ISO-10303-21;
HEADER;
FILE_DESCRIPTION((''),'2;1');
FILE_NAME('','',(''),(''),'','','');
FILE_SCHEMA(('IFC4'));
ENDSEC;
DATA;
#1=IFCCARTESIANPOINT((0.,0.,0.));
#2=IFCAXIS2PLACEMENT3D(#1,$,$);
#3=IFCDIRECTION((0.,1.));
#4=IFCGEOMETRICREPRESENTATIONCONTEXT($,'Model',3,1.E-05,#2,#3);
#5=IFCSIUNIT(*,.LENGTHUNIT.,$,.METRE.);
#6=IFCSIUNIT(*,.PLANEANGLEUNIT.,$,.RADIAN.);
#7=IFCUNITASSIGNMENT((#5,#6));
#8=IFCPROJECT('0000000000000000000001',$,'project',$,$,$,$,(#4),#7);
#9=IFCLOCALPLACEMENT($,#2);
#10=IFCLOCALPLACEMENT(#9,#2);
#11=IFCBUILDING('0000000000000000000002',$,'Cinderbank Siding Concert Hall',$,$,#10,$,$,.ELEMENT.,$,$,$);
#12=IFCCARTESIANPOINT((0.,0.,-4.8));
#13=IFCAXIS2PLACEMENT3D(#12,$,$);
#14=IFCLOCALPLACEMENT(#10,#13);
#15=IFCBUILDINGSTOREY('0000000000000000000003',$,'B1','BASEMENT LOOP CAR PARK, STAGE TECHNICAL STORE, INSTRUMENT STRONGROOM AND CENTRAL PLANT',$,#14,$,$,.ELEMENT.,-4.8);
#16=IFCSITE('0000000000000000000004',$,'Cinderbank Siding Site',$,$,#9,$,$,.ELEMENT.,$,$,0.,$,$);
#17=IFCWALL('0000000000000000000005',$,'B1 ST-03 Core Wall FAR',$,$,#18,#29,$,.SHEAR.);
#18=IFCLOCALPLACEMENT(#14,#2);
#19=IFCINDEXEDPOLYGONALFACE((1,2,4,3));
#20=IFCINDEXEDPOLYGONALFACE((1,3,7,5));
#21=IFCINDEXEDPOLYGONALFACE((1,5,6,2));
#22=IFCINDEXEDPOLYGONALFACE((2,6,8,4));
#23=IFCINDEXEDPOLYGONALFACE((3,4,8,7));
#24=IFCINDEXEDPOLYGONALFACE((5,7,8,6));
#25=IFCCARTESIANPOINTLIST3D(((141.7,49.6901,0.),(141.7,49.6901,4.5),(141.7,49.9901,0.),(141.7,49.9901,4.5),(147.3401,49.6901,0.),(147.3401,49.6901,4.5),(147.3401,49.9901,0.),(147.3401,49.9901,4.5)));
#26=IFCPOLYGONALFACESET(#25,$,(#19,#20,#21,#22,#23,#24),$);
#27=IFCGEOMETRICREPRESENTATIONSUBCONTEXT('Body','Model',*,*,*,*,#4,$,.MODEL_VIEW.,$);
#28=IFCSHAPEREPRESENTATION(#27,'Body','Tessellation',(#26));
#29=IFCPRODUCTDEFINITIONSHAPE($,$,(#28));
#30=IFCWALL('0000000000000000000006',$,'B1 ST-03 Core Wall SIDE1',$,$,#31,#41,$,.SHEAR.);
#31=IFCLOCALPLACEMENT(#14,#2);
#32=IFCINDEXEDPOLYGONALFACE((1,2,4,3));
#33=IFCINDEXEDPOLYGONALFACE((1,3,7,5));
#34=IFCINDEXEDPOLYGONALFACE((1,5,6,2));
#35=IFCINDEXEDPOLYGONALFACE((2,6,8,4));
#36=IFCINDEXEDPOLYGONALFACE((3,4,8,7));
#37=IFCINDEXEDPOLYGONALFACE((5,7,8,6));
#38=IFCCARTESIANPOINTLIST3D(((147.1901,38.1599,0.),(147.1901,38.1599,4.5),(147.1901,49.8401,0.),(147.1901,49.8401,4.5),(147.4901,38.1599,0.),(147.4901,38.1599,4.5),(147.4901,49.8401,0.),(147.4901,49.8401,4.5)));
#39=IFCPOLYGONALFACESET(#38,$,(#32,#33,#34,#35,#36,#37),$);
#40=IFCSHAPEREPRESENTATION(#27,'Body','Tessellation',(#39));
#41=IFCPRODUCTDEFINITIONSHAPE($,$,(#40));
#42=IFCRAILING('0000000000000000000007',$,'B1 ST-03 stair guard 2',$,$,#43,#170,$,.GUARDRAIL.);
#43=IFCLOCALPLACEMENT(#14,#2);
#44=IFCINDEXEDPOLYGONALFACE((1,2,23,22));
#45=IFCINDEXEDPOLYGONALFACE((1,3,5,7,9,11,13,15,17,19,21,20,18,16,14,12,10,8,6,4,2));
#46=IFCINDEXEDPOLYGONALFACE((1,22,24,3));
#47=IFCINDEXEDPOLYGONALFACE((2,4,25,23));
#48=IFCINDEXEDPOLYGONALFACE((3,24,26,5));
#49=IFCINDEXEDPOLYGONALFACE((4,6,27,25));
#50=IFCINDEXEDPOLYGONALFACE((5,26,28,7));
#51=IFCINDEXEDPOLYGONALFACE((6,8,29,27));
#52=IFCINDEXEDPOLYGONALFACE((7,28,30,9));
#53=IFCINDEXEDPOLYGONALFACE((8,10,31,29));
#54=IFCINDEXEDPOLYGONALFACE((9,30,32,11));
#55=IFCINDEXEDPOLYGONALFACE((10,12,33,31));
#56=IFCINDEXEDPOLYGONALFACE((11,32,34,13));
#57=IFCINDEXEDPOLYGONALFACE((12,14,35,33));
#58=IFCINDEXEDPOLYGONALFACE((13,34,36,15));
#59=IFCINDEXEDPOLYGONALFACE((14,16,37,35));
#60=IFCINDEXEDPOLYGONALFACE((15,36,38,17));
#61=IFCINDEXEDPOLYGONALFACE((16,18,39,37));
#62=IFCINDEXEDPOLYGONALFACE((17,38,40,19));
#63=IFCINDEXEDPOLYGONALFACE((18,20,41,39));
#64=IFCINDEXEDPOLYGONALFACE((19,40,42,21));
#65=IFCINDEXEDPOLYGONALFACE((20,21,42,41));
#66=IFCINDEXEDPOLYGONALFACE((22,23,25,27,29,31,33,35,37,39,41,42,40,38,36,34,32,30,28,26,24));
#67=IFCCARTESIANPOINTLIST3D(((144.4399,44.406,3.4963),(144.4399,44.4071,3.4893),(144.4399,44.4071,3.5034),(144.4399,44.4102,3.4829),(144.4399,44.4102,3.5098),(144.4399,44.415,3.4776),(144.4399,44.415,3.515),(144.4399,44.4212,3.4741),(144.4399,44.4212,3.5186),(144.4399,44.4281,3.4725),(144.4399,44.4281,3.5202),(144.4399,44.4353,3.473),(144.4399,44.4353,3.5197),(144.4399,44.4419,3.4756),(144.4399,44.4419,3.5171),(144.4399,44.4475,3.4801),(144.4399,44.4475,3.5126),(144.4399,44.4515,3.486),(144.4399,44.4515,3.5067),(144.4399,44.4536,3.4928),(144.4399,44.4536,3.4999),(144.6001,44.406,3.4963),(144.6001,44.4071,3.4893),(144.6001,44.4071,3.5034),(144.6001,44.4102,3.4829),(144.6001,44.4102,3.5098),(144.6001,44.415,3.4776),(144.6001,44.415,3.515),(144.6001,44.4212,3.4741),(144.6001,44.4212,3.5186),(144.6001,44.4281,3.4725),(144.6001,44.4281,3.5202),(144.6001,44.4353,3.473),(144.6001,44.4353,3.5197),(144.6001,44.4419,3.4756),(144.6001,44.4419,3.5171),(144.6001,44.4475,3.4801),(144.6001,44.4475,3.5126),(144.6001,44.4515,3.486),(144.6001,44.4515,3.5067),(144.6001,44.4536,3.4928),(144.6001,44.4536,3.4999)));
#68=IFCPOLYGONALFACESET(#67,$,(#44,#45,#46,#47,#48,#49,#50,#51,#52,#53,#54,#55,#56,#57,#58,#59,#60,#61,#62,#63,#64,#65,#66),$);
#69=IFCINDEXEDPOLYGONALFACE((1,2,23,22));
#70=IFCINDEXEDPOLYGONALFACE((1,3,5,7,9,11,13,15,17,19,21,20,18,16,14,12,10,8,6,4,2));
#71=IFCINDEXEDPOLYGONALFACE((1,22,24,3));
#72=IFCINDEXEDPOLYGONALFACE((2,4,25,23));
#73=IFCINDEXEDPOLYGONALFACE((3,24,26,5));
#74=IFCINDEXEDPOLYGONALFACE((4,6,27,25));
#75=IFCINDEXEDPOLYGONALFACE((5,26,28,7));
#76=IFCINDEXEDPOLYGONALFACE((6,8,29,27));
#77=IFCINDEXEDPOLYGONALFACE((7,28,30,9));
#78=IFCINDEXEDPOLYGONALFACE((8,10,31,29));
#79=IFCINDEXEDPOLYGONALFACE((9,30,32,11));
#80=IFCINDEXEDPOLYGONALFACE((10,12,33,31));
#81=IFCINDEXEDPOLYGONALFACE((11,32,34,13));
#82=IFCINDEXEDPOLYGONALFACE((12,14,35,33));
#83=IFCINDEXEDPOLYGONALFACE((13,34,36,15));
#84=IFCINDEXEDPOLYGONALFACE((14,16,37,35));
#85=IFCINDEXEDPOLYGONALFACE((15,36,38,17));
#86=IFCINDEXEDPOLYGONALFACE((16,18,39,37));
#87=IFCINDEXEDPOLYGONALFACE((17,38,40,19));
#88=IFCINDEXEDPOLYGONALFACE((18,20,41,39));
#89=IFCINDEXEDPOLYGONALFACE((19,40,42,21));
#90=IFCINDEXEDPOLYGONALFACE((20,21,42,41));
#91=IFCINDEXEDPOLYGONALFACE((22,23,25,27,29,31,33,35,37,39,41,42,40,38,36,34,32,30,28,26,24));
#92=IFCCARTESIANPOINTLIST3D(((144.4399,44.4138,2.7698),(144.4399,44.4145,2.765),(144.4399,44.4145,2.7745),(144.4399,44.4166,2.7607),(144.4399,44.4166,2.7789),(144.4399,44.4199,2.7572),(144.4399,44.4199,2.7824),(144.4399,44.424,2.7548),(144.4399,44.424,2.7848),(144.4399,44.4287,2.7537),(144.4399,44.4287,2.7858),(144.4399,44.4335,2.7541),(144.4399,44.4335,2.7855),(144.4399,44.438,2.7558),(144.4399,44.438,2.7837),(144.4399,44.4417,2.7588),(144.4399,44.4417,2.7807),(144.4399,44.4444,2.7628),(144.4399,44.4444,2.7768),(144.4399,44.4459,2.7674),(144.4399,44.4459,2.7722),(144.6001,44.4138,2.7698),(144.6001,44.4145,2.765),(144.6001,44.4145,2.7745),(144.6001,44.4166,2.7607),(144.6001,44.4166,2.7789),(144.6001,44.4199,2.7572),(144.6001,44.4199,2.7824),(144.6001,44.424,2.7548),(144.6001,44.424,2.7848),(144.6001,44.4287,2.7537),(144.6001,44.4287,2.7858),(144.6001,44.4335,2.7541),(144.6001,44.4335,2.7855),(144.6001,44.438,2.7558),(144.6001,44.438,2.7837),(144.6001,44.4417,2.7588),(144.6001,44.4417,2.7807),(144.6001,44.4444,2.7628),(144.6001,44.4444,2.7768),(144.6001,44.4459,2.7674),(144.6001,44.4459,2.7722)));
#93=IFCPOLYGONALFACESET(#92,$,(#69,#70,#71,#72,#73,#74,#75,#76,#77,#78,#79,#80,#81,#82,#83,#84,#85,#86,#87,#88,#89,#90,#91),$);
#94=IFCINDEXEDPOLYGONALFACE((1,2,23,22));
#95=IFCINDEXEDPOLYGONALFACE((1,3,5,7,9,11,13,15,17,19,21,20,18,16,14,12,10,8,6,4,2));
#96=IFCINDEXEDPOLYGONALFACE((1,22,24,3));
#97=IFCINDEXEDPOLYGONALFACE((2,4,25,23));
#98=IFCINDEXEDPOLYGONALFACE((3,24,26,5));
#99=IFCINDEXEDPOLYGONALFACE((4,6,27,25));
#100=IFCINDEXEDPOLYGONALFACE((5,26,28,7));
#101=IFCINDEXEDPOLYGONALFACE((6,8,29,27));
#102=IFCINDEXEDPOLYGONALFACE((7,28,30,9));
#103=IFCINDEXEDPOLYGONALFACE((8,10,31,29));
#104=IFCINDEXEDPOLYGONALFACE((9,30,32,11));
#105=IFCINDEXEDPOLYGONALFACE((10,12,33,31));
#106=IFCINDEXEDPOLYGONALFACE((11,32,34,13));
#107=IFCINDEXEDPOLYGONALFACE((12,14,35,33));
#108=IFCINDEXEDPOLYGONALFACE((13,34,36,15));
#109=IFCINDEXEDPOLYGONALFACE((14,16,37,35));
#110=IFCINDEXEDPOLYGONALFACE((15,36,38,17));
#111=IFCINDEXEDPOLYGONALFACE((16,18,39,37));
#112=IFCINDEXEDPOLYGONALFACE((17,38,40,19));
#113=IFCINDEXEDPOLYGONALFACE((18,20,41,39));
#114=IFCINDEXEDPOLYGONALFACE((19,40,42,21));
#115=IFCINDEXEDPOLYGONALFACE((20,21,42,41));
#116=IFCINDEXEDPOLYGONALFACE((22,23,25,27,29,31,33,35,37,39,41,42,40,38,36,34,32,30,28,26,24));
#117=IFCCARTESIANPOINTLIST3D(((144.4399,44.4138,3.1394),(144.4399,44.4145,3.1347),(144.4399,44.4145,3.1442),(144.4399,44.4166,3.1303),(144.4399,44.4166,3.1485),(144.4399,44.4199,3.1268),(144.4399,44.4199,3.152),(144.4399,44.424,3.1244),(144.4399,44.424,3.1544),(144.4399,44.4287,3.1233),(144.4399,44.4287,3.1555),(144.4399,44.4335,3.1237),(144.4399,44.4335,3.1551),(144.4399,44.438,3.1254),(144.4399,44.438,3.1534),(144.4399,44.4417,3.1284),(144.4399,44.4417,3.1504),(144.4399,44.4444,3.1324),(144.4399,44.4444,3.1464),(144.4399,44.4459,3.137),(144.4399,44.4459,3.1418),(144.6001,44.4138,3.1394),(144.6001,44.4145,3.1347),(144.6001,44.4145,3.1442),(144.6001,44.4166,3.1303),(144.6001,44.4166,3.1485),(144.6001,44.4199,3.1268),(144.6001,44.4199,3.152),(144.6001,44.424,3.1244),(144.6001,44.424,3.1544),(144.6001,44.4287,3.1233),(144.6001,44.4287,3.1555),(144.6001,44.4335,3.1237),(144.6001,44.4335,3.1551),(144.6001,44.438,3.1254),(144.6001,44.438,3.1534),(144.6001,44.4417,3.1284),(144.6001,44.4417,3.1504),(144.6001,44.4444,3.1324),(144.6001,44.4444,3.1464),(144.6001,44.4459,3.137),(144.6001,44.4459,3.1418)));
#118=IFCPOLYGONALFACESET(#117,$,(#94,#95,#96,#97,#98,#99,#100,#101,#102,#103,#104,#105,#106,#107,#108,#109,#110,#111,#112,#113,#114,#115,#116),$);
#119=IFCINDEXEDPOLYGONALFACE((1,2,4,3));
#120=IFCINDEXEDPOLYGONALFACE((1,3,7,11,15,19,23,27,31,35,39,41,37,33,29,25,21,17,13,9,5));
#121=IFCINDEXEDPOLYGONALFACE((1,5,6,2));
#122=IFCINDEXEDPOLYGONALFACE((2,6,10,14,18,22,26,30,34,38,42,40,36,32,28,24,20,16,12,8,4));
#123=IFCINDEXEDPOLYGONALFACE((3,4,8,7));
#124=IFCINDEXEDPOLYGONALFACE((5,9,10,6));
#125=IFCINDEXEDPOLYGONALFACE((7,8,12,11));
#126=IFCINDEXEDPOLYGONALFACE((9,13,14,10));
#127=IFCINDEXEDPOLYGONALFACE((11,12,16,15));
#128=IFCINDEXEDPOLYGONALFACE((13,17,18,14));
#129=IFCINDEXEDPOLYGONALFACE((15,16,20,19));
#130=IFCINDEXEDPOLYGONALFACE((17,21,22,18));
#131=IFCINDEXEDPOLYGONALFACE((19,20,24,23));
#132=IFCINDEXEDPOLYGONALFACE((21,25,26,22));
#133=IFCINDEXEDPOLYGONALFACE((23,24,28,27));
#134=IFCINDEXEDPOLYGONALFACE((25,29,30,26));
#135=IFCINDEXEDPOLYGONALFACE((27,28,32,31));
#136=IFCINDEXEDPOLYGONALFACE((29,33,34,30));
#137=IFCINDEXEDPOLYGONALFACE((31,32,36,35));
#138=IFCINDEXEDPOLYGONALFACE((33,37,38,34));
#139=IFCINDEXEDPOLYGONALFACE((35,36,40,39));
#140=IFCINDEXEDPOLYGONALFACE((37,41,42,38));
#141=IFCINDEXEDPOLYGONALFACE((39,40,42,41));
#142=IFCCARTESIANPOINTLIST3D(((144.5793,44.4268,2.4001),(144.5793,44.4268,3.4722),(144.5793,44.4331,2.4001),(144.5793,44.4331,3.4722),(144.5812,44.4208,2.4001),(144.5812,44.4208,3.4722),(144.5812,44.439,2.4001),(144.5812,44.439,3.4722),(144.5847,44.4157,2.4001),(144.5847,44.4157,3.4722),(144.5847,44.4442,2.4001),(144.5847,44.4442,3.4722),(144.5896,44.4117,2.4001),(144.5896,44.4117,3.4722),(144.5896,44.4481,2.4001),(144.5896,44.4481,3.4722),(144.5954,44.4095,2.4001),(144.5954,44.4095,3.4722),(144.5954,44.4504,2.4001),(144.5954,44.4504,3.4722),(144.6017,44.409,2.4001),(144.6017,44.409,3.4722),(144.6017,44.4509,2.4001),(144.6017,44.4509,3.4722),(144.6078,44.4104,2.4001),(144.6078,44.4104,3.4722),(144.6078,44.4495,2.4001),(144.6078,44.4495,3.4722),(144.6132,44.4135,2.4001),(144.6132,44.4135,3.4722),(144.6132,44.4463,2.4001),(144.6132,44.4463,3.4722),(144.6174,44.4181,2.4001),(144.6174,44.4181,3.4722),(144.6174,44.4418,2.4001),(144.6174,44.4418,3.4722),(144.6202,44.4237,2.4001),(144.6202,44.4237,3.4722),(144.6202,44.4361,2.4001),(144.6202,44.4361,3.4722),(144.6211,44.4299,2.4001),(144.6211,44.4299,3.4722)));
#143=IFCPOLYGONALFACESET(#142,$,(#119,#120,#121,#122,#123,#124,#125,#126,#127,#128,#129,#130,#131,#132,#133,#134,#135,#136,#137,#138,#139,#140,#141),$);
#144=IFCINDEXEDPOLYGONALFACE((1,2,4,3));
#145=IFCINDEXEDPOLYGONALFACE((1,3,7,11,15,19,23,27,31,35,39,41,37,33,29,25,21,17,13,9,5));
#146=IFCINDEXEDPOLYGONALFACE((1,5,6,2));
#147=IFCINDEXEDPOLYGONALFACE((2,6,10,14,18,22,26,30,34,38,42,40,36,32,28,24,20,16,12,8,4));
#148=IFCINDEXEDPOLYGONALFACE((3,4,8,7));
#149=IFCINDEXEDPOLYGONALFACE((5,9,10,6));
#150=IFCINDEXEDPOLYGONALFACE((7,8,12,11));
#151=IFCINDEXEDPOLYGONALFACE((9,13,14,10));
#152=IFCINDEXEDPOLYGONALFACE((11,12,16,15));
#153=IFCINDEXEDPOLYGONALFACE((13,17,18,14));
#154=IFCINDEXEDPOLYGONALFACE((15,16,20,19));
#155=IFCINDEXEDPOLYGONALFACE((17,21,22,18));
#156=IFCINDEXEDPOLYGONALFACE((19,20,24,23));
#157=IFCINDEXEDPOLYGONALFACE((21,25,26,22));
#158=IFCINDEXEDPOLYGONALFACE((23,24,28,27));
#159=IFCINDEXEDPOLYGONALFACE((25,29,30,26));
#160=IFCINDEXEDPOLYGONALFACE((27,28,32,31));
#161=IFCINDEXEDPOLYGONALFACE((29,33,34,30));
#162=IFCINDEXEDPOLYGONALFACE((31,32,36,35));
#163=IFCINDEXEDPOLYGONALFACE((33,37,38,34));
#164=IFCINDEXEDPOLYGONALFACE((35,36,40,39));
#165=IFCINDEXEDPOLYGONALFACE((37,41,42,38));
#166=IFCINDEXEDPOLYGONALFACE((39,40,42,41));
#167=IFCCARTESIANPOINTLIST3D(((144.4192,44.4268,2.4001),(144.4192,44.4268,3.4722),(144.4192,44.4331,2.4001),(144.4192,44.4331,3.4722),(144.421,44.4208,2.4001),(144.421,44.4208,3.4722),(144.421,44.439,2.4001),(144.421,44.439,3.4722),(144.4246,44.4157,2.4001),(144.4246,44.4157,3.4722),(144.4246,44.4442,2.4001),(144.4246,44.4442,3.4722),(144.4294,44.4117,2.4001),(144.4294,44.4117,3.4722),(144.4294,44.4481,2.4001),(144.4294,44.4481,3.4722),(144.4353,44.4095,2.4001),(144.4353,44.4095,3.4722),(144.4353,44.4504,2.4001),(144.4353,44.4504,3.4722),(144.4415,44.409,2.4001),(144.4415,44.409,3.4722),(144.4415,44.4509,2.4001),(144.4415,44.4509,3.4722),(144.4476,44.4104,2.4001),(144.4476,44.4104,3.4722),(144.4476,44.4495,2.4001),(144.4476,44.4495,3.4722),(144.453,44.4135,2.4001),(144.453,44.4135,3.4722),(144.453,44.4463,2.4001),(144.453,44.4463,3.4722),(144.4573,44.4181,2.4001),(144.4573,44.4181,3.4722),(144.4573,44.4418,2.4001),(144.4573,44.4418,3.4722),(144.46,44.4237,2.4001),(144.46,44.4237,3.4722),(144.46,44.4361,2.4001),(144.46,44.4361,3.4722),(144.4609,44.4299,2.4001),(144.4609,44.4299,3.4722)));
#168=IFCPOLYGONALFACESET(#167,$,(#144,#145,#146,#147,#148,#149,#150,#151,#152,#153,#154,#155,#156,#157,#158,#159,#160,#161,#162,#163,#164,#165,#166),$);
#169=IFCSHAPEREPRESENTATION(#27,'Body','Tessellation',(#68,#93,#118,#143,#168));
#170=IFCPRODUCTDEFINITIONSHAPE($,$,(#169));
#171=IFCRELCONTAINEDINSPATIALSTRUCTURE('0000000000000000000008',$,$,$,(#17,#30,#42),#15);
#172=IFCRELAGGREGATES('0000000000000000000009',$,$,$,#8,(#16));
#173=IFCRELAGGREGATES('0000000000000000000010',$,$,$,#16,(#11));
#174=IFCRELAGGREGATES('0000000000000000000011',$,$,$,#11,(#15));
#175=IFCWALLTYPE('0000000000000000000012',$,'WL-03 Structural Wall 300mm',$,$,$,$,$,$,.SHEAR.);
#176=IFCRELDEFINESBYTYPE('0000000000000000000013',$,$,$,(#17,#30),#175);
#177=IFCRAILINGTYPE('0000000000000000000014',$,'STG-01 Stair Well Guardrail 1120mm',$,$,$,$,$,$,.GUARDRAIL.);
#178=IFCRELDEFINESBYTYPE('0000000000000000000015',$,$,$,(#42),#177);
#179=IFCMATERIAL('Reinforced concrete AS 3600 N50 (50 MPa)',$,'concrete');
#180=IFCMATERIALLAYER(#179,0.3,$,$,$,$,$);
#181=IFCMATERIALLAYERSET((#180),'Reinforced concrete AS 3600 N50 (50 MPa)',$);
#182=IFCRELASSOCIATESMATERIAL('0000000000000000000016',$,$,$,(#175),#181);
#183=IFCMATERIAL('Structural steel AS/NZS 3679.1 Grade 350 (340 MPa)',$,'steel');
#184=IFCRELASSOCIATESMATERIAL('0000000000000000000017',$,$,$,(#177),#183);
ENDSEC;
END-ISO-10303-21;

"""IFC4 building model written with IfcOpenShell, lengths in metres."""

from ifc_helpers import new_model, si_unit, direction, frame, frame_2d, origin, origin_2d, place, context, subcontext, project, spatial, rectangle, circle, extrude, material, layer, layer_set, type_object, element, save


model = new_model("IFC4")

# Units and contexts
model_context = context("Model", 3, precision=1e-05, world=origin(), true_north=direction((0.0, 1.0)))
body_context = subcontext(model_context, "Body", "Model", "MODEL_VIEW")
ifc_project = project(units=[si_unit("LENGTHUNIT", "METRE"), si_unit("PLANEANGLEUNIT", "RADIAN")], contexts=[model_context])

# Site, building, storey
site_placement = place(None, origin())
site = spatial("IfcSite", under=ifc_project, at=site_placement, Name="Cinderbank Siding Site", CompositionType="ELEMENT", RefElevation=0.0)
building_placement = place(site_placement, origin())
building = spatial("IfcBuilding", under=site, at=building_placement, Name="Cinderbank Siding Concert Hall", CompositionType="ELEMENT")
storey_placement = place(building_placement, frame((0.0, 0.0, -4.8)))
storey = spatial("IfcBuildingStorey", under=building, at=storey_placement, Name="B1", Description="BASEMENT LOOP CAR PARK, STAGE TECHNICAL STORE, INSTRUMENT STRONGROOM AND CENTRAL PLANT", CompositionType="ELEMENT", Elevation=-4.8)

# Shared definitions
ifc_material_1 = material(Name="Reinforced concrete AS 3600 N50 (50 MPa)", Category="concrete")

# Shared definitions
ifc_material_2 = material(Name="Structural steel AS/NZS 3679.1 Grade 350 (340 MPa)", Category="steel")

# Walls
ifc_layer_1 = layer(ifc_material_1, 0.3)
ifc_layer_set_1 = layer_set([ifc_layer_1], Name="Reinforced concrete AS 3600 N50 (50 MPa)")
wall_type_1 = type_object("IfcWallType", Name="WL-03 Structural Wall 300mm", PredefinedType="SHEAR", material=ifc_layer_set_1)
wall_1_placement = place(storey_placement, frame((141.7, 49.8401, 0.0), z_axis=(0.0, 0.0, 1.0), x_axis=(1.0, 0.0, 0.0)))
element("IfcWall", 1, at=wall_1_placement, inside=storey, type_object=wall_type_1, Name="B1 ST-03 Core Wall FAR", PredefinedType="SHEAR", context=body_context, shape_type="SweptSolid", body=[
    extrude(rectangle(XDim=5.6401, YDim=0.3, at=frame_2d((2.8201, 0.0))), origin(), (0.0, 0.0, 1.0), 4.5),
])
wall_2_placement = place(storey_placement, frame((147.3401, 49.8401, 0.0), z_axis=(0.0, 0.0, 1.0), x_axis=(0.0, -1.0, 0.0)))
element("IfcWall", 2, at=wall_2_placement, inside=storey, type_object=wall_type_1, Name="B1 ST-03 Core Wall SIDE1", PredefinedType="SHEAR", context=body_context, shape_type="SweptSolid", body=[
    extrude(rectangle(XDim=11.6802, YDim=0.3, at=frame_2d((5.8401, 0.0))), origin(), (0.0, 0.0, 1.0), 4.5),
])

# Railing
railing_type_1 = type_object("IfcRailingType", Name="STG-01 Stair Well Guardrail 1120mm", PredefinedType="GUARDRAIL", material=ifc_material_2)
railing_1_placement = place(storey_placement, frame((144.6001, 44.4299, 2.4001)))
element("IfcRailing", 3, at=railing_1_placement, inside=storey, type_object=railing_type_1, Name="B1 ST-03 stair guard 2", PredefinedType="GUARDRAIL", context=body_context, shape_type="SweptSolid", body=[
    extrude(circle(Radius=0.0239, at=origin_2d()), frame((0.0, 0.0, 1.0962), z_axis=(-1.0, 0.0, 0.0), x_axis=(0.0, -1.0, 0.0)), (0.0, 0.0, 1.0), 0.1602),
    extrude(circle(Radius=0.0161, at=origin_2d()), frame((0.0, 0.0, 0.3696), z_axis=(-1.0, 0.0, 0.0), x_axis=(0.0, -1.0, 0.0)), (0.0, 0.0, 1.0), 0.1602),
    extrude(circle(Radius=0.0161, at=origin_2d()), frame((0.0, 0.0, 0.7393), z_axis=(-1.0, 0.0, 0.0), x_axis=(0.0, -1.0, 0.0)), (0.0, 0.0, 1.0), 0.1602),
    extrude(circle(Radius=0.021, at=origin_2d()), origin(), (0.0, 0.0, 1.0), 1.072),
    extrude(circle(Radius=0.021, at=origin_2d()), frame((-0.1602, 0.0, 0.0)), (0.0, 0.0, 1.0), 1.072),
])

save(model, "model.ifc")
